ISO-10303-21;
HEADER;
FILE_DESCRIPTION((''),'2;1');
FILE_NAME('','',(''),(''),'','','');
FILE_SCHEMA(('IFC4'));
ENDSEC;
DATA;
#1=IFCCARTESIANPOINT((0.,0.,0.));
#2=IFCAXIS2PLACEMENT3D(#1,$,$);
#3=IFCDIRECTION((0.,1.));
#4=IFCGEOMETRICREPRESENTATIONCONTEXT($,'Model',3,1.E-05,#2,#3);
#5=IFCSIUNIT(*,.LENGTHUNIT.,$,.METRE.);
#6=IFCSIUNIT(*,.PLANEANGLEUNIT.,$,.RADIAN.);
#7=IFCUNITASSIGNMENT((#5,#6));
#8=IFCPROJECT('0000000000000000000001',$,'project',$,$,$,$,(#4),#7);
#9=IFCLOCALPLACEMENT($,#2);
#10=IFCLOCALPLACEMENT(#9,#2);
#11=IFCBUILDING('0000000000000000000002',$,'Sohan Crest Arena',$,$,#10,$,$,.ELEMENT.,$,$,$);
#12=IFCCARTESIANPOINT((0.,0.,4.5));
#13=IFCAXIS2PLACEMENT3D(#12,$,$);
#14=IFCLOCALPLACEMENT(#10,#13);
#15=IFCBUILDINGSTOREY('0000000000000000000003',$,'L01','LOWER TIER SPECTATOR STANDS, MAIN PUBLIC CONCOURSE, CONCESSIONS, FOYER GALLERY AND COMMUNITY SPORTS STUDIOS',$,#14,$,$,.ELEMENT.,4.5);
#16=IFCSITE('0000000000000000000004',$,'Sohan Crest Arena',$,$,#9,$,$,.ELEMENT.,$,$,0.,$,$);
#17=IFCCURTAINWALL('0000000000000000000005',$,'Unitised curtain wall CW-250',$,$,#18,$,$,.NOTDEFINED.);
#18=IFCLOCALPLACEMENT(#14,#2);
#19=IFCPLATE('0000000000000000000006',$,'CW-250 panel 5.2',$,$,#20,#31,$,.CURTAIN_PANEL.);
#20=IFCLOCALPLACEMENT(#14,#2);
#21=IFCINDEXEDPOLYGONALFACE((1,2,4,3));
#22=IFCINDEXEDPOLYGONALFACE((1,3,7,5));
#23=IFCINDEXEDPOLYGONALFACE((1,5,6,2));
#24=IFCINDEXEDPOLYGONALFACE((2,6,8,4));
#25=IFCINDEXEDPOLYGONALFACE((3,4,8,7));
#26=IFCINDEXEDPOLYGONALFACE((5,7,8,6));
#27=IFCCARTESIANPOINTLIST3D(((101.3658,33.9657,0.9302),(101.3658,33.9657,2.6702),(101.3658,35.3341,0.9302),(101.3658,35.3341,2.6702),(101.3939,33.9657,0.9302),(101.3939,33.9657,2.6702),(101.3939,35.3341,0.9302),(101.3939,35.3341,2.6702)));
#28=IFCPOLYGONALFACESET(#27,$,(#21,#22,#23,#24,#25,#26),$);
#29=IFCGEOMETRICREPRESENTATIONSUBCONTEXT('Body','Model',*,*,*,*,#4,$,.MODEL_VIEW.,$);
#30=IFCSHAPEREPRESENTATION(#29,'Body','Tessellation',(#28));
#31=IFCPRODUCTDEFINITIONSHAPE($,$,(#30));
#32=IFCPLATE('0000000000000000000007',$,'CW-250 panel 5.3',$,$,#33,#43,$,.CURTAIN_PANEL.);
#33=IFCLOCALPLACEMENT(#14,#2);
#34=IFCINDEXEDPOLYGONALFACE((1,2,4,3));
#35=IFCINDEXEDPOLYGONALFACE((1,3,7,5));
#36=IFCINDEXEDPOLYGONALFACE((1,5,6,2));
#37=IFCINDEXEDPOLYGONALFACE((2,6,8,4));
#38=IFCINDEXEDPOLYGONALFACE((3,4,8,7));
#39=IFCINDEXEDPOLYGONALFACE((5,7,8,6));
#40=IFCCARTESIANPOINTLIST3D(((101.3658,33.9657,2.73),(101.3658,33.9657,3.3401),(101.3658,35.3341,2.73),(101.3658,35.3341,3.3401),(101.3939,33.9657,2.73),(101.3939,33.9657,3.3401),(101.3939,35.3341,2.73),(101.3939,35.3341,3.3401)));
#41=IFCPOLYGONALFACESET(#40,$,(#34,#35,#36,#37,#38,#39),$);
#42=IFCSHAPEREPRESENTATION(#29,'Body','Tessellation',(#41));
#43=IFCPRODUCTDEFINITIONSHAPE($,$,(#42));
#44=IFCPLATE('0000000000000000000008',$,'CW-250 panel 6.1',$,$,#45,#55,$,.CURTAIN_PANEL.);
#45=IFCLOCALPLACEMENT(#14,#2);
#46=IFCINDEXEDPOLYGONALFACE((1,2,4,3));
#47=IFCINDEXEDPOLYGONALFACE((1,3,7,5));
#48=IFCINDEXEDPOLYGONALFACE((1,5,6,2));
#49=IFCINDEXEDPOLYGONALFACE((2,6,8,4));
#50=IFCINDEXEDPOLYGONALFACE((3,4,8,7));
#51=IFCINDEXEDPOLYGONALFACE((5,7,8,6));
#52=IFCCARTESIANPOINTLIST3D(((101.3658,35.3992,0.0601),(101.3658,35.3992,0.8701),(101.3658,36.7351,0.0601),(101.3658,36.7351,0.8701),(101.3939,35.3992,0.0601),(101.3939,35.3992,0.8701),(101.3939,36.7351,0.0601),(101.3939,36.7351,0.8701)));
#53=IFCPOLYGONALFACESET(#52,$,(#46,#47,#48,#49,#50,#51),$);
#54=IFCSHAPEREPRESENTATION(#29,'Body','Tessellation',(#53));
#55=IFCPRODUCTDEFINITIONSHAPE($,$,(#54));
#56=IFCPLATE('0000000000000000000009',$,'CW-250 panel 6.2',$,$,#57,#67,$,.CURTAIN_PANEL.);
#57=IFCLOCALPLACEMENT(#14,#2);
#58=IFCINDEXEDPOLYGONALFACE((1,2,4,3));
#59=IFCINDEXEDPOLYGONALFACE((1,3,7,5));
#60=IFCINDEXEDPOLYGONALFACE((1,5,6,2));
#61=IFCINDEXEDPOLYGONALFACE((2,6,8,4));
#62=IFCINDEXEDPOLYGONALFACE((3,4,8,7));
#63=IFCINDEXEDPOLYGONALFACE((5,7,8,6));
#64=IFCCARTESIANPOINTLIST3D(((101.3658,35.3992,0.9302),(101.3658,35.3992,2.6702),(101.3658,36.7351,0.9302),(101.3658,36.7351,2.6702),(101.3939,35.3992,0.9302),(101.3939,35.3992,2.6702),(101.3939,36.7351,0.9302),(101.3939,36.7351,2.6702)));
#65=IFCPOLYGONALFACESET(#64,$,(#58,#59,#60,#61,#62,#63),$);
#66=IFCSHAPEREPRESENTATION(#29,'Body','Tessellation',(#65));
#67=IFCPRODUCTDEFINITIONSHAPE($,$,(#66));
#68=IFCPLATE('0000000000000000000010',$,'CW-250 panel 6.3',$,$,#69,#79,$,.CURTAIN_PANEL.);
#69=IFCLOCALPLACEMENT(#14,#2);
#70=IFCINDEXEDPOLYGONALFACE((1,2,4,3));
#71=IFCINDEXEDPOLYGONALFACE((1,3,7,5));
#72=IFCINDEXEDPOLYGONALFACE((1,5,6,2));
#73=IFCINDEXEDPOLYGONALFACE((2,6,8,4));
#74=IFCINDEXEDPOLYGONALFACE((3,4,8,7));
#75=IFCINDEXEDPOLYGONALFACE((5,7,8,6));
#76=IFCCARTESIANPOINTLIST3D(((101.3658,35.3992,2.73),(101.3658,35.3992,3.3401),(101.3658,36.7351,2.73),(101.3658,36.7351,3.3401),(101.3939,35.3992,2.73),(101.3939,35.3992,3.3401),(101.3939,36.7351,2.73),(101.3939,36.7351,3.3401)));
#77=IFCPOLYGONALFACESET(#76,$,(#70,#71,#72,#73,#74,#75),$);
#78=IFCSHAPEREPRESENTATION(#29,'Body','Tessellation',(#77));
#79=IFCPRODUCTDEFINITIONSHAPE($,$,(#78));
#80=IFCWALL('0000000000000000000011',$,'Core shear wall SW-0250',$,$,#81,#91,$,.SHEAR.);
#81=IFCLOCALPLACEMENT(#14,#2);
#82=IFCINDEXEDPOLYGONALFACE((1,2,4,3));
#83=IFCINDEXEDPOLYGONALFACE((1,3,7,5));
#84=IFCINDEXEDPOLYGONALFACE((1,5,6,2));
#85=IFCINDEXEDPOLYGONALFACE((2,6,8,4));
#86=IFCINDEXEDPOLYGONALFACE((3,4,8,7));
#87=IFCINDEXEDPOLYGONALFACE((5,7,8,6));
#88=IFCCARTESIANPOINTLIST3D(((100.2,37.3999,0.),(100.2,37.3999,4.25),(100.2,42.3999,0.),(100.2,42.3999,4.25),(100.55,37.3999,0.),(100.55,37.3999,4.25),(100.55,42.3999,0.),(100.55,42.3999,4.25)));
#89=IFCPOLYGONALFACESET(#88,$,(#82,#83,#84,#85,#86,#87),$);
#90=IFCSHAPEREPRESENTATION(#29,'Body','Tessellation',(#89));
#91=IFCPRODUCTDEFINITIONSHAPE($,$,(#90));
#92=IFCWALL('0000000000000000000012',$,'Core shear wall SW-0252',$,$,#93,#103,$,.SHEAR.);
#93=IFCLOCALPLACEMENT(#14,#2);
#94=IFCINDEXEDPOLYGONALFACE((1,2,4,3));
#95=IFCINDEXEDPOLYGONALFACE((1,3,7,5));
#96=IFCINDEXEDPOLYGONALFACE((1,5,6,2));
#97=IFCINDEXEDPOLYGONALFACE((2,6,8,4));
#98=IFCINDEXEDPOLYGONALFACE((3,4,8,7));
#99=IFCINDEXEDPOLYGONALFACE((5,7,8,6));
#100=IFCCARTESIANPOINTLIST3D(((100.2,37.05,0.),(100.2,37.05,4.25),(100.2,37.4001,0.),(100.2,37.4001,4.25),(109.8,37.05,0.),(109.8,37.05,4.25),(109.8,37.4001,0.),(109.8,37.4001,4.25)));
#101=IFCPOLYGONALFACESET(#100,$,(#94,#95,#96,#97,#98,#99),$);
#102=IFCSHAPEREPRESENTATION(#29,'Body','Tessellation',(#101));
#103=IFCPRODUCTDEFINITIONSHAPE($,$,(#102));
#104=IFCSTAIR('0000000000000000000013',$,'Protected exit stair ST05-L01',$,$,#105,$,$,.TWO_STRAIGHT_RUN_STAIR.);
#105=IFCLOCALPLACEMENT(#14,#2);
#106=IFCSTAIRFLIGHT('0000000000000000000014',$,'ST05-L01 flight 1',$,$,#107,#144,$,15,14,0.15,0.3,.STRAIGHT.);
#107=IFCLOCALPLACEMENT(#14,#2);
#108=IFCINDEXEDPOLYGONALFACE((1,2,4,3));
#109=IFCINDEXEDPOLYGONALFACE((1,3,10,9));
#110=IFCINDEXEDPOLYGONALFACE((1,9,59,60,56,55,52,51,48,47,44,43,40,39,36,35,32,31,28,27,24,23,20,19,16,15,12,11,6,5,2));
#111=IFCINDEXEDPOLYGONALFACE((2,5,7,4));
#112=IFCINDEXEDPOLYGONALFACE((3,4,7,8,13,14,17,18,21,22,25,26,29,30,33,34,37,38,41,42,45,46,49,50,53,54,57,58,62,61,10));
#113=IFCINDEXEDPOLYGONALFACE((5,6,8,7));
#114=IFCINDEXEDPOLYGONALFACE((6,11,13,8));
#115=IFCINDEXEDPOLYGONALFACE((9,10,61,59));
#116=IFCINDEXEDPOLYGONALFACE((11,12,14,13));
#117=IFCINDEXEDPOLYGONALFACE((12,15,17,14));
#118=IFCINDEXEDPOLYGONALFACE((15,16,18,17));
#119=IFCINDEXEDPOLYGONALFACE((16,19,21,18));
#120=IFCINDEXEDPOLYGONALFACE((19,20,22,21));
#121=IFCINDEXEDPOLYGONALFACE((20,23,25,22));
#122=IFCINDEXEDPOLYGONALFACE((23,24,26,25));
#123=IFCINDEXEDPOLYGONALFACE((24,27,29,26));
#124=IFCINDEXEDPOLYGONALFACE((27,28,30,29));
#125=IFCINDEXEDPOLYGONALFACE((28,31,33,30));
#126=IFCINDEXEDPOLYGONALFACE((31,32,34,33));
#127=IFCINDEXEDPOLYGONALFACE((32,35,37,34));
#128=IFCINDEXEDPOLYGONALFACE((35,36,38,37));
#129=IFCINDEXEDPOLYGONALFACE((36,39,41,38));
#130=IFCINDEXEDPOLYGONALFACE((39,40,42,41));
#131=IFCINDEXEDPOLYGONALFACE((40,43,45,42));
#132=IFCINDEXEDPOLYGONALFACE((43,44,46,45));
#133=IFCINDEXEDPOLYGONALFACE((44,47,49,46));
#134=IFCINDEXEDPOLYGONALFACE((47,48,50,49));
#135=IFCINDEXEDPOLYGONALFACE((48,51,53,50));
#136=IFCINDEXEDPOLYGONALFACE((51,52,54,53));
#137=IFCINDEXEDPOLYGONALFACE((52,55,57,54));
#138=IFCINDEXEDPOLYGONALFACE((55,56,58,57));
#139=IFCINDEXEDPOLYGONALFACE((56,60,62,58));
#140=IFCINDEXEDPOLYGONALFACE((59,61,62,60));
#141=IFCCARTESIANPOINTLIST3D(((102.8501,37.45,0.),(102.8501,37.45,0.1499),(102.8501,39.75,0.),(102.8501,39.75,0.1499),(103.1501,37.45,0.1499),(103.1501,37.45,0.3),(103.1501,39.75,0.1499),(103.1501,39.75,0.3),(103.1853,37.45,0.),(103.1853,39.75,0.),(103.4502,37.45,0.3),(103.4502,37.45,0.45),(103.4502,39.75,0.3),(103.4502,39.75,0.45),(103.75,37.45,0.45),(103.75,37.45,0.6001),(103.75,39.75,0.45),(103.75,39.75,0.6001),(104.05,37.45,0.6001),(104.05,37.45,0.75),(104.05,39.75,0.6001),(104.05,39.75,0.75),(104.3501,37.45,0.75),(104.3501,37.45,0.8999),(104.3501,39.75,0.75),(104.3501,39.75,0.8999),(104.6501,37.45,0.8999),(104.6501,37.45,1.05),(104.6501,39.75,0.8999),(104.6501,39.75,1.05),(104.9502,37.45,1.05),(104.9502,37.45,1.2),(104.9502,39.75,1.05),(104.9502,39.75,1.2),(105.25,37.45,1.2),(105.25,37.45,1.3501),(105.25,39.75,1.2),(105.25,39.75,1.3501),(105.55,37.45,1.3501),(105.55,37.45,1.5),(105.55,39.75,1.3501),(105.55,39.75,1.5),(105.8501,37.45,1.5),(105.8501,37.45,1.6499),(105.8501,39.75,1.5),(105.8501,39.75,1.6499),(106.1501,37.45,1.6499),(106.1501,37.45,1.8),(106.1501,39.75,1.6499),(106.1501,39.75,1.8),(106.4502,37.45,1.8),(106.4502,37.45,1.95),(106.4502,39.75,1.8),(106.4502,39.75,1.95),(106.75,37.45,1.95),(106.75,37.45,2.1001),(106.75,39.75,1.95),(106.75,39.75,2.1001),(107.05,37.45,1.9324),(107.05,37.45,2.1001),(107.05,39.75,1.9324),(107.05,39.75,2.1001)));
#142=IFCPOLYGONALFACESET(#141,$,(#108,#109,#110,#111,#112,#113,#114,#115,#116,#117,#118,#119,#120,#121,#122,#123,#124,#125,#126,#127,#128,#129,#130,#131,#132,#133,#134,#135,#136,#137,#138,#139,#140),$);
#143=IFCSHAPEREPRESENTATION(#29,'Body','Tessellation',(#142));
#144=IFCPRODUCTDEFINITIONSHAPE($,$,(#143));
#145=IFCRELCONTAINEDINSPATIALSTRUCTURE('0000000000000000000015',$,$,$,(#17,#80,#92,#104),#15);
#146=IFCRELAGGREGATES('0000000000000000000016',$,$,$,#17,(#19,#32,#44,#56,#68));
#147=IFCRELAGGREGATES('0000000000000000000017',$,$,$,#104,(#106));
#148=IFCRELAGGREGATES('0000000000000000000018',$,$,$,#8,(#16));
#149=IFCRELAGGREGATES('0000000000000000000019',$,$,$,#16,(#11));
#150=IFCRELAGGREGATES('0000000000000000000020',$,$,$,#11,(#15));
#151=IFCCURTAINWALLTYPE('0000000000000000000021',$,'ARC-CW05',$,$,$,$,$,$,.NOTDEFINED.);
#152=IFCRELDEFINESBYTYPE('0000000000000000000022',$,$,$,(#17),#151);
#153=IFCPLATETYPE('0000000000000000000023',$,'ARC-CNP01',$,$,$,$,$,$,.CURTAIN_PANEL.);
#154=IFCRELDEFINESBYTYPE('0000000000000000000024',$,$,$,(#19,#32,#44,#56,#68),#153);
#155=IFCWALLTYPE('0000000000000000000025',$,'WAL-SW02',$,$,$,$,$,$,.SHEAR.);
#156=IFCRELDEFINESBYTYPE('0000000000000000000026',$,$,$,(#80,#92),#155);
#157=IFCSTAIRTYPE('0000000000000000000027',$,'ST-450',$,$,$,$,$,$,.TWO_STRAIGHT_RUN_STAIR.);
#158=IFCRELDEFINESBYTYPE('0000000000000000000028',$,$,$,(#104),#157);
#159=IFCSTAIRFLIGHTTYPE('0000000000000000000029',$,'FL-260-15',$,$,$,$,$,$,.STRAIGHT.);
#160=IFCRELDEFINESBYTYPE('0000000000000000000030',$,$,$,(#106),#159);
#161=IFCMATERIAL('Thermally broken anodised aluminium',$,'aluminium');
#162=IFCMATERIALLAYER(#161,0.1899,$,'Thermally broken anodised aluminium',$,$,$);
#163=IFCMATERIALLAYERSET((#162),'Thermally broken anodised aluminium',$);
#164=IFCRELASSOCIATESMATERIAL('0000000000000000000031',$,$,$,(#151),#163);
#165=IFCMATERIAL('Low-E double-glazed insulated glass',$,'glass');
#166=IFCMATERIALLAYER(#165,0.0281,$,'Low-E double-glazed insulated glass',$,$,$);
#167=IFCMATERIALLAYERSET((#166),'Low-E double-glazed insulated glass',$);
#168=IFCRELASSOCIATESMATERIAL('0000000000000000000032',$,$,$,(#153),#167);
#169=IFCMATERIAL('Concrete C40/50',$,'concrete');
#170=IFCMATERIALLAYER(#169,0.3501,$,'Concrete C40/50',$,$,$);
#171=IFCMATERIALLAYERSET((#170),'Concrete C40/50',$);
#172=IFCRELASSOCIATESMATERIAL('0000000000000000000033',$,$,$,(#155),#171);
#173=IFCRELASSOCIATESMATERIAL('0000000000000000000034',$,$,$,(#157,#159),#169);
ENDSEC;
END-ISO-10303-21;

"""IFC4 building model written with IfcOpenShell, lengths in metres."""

from ifc_helpers import new_model, si_unit, direction, frame, frame_2d, origin, origin_2d, place, context, subcontext, project, spatial, polyline, rectangle, outline, extrude, material, layer, layer_set, type_object, element, aggregate, save


model = new_model("IFC4")

# Units and contexts
model_context = context("Model", 3, precision=1e-05, world=origin(), true_north=direction((0.0, 1.0)))
body_context = subcontext(model_context, "Body", "Model", "MODEL_VIEW")
ifc_project = project(units=[si_unit("LENGTHUNIT", "METRE"), si_unit("PLANEANGLEUNIT", "RADIAN")], contexts=[model_context])

# Site, building, storey
site_placement = place(None, origin())
site = spatial("IfcSite", under=ifc_project, at=site_placement, Name="Sohan Crest Arena", CompositionType="ELEMENT", RefElevation=0.0)
building_placement = place(site_placement, origin())
building = spatial("IfcBuilding", under=site, at=building_placement, Name="Sohan Crest Arena", CompositionType="ELEMENT")
storey_placement = place(building_placement, frame((0.0, 0.0, 4.5)))
storey = spatial("IfcBuildingStorey", under=building, at=storey_placement, Name="L01", Description="LOWER TIER SPECTATOR STANDS, MAIN PUBLIC CONCOURSE, CONCESSIONS, FOYER GALLERY AND COMMUNITY SPORTS STUDIOS", CompositionType="ELEMENT", Elevation=4.5)

# Shared definitions
ifc_material_1 = material(Name="Thermally broken anodised aluminium", Category="aluminium")

# Curtain wall
ifc_layer_1 = layer(ifc_material_1, 0.1899, Name="Thermally broken anodised aluminium")
ifc_layer_set_1 = layer_set([ifc_layer_1], Name="Thermally broken anodised aluminium")
curtain_wall_type_1 = type_object("IfcCurtainWallType", Name="ARC-CW05", PredefinedType="NOTDEFINED", material=ifc_layer_set_1)
curtain_wall_1_placement = place(storey_placement, origin())
curtain_wall_1 = element("IfcCurtainWall", 1, at=curtain_wall_1_placement, inside=storey, type_object=curtain_wall_type_1, Name="Unitised curtain wall CW-250", PredefinedType="NOTDEFINED")

# Plates
ifc_material_2 = material(Name="Low-E double-glazed insulated glass", Category="glass")
ifc_layer_2 = layer(ifc_material_2, 0.0281, Name="Low-E double-glazed insulated glass")
ifc_layer_set_2 = layer_set([ifc_layer_2], Name="Low-E double-glazed insulated glass")
plate_type = type_object("IfcPlateType", Name="ARC-CNP01", PredefinedType="CURTAIN_PANEL", material=ifc_layer_set_2)
plate_1_placement = place(storey_placement, frame((101.3799, 34.6499, 0.9302), z_axis=(0.0, 0.0, 1.0), x_axis=(0.0, 1.0, 0.0)))
plate_1 = element("IfcPlate", 2, at=plate_1_placement, type_object=plate_type, Name="CW-250 panel 5.2", PredefinedType="CURTAIN_PANEL", context=body_context, shape_type="SweptSolid", body=[
    extrude(rectangle(XDim=1.3684, YDim=0.0281, at=origin_2d()), origin(), (0.0, 0.0, 1.0), 1.74),
])
plate_2_placement = place(storey_placement, frame((101.3799, 34.6499, 2.73), z_axis=(0.0, 0.0, 1.0), x_axis=(0.0, 1.0, 0.0)))
plate_2 = element("IfcPlate", 3, at=plate_2_placement, type_object=plate_type, Name="CW-250 panel 5.3", PredefinedType="CURTAIN_PANEL", context=body_context, shape_type="SweptSolid", body=[
    extrude(rectangle(XDim=1.3684, YDim=0.0281, at=origin_2d()), origin(), (0.0, 0.0, 1.0), 0.6101),
])
plate_3_placement = place(storey_placement, frame((101.3799, 36.0671, 0.0601), z_axis=(0.0, 0.0, 1.0), x_axis=(0.0, 1.0, 0.0)))
plate_3 = element("IfcPlate", 4, at=plate_3_placement, type_object=plate_type, Name="CW-250 panel 6.1", PredefinedType="CURTAIN_PANEL", context=body_context, shape_type="SweptSolid", body=[
    extrude(rectangle(XDim=1.3359, YDim=0.0281, at=origin_2d()), origin(), (0.0, 0.0, 1.0), 0.8101),
])
plate_4_placement = place(storey_placement, frame((101.3799, 36.0671, 0.9302), z_axis=(0.0, 0.0, 1.0), x_axis=(0.0, 1.0, 0.0)))
plate_4 = element("IfcPlate", 5, at=plate_4_placement, type_object=plate_type, Name="CW-250 panel 6.2", PredefinedType="CURTAIN_PANEL", context=body_context, shape_type="SweptSolid", body=[
    extrude(rectangle(XDim=1.3359, YDim=0.0281, at=origin_2d()), origin(), (0.0, 0.0, 1.0), 1.74),
])
plate_5_placement = place(storey_placement, frame((101.3799, 36.0671, 2.73), z_axis=(0.0, 0.0, 1.0), x_axis=(0.0, 1.0, 0.0)))
plate_5 = element("IfcPlate", 6, at=plate_5_placement, type_object=plate_type, Name="CW-250 panel 6.3", PredefinedType="CURTAIN_PANEL", context=body_context, shape_type="SweptSolid", body=[
    extrude(rectangle(XDim=1.3359, YDim=0.0281, at=origin_2d()), origin(), (0.0, 0.0, 1.0), 0.6101),
])
aggregate(curtain_wall_1, [plate_1, plate_2, plate_3, plate_4, plate_5])

# Walls
ifc_material_3 = material(Name="Concrete C40/50", Category="concrete")
ifc_layer_3 = layer(ifc_material_3, 0.3501, Name="Concrete C40/50")
ifc_layer_set_3 = layer_set([ifc_layer_3], Name="Concrete C40/50")
wall_type = type_object("IfcWallType", Name="WAL-SW02", PredefinedType="SHEAR", material=ifc_layer_set_3)
wall_1_placement = place(storey_placement, frame((100.375, 37.3999, 0.0), z_axis=(0.0, 0.0, 1.0), x_axis=(0.0, 1.0, 0.0)))
element("IfcWall", 7, at=wall_1_placement, inside=storey, type_object=wall_type, Name="Core shear wall SW-0250", PredefinedType="SHEAR", context=body_context, shape_type="SweptSolid", body=[
    extrude(rectangle(XDim=5.0, YDim=0.3501, at=frame_2d((2.5, 0.0))), origin(), (0.0, 0.0, 1.0), 4.25),
])
wall_2_placement = place(storey_placement, frame((100.2, 37.2251, 0.0), z_axis=(0.0, 0.0, 1.0), x_axis=(1.0, 0.0, 0.0)))
element("IfcWall", 8, at=wall_2_placement, inside=storey, type_object=wall_type, Name="Core shear wall SW-0252", PredefinedType="SHEAR", context=body_context, shape_type="SweptSolid", body=[
    extrude(rectangle(XDim=9.6001, YDim=0.3501, at=frame_2d((4.8, 0.0))), origin(), (0.0, 0.0, 1.0), 4.25),
])

# Stair, stair flight
stair_type = type_object("IfcStairType", Name="ST-450", PredefinedType="TWO_STRAIGHT_RUN_STAIR", material=ifc_material_3)
stair_placement = place(storey_placement, origin())
stair = element("IfcStair", 9, at=stair_placement, inside=storey, type_object=stair_type, Name="Protected exit stair ST05-L01", PredefinedType="TWO_STRAIGHT_RUN_STAIR")
stair_flight_type = type_object("IfcStairFlightType", Name="FL-260-15", PredefinedType="STRAIGHT", material=ifc_material_3)
stair_flight_placement = place(storey_placement, frame((102.8501, 38.6001, 0.0), z_axis=(0.0, 0.0, 1.0), x_axis=(1.0, 0.0, 0.0)))
stair_flight = element("IfcStairFlight", 10, at=stair_flight_placement, type_object=stair_flight_type, Name="ST05-L01 flight 1", NumberOfRisers=15, NumberOfTreads=14, PredefinedType="STRAIGHT", RiserHeight=0.15, TreadLength=0.3, context=body_context, shape_type="SweptSolid", body=[
    extrude(outline(polyline([(0.0, 0.0), (0.0, 0.1499), (0.3, 0.1499), (0.3, 0.3), (0.6001, 0.3), (0.6001, 0.45), (0.8999, 0.45), (0.8999, 0.6001), (1.2, 0.6001), (1.2, 0.75), (1.5, 0.75), (1.5, 0.8999), (1.8, 0.8999), (1.8, 1.05), (2.1001, 1.05), (2.1001, 1.2), (2.3999, 1.2), (2.3999, 1.3501), (2.7, 1.3501), (2.7, 1.5), (3.0, 1.5), (3.0, 1.6499), (3.3, 1.6499), (3.3, 1.8), (3.6001, 1.8), (3.6001, 1.95), (3.8999, 1.95), (3.8999, 2.1001), (4.2, 2.1001), (4.2, 2.25), (4.2, 1.9324), (0.3352, 0.0), (0.0, 0.0)])), frame((0.0, 1.1499, 0.0), z_axis=(0.0, -1.0, 0.0), x_axis=(1.0, 0.0, 0.0)), (0.0, 0.0, 1.0), 2.3),
])
aggregate(stair, [stair_flight])

save(model, "model.ifc")
